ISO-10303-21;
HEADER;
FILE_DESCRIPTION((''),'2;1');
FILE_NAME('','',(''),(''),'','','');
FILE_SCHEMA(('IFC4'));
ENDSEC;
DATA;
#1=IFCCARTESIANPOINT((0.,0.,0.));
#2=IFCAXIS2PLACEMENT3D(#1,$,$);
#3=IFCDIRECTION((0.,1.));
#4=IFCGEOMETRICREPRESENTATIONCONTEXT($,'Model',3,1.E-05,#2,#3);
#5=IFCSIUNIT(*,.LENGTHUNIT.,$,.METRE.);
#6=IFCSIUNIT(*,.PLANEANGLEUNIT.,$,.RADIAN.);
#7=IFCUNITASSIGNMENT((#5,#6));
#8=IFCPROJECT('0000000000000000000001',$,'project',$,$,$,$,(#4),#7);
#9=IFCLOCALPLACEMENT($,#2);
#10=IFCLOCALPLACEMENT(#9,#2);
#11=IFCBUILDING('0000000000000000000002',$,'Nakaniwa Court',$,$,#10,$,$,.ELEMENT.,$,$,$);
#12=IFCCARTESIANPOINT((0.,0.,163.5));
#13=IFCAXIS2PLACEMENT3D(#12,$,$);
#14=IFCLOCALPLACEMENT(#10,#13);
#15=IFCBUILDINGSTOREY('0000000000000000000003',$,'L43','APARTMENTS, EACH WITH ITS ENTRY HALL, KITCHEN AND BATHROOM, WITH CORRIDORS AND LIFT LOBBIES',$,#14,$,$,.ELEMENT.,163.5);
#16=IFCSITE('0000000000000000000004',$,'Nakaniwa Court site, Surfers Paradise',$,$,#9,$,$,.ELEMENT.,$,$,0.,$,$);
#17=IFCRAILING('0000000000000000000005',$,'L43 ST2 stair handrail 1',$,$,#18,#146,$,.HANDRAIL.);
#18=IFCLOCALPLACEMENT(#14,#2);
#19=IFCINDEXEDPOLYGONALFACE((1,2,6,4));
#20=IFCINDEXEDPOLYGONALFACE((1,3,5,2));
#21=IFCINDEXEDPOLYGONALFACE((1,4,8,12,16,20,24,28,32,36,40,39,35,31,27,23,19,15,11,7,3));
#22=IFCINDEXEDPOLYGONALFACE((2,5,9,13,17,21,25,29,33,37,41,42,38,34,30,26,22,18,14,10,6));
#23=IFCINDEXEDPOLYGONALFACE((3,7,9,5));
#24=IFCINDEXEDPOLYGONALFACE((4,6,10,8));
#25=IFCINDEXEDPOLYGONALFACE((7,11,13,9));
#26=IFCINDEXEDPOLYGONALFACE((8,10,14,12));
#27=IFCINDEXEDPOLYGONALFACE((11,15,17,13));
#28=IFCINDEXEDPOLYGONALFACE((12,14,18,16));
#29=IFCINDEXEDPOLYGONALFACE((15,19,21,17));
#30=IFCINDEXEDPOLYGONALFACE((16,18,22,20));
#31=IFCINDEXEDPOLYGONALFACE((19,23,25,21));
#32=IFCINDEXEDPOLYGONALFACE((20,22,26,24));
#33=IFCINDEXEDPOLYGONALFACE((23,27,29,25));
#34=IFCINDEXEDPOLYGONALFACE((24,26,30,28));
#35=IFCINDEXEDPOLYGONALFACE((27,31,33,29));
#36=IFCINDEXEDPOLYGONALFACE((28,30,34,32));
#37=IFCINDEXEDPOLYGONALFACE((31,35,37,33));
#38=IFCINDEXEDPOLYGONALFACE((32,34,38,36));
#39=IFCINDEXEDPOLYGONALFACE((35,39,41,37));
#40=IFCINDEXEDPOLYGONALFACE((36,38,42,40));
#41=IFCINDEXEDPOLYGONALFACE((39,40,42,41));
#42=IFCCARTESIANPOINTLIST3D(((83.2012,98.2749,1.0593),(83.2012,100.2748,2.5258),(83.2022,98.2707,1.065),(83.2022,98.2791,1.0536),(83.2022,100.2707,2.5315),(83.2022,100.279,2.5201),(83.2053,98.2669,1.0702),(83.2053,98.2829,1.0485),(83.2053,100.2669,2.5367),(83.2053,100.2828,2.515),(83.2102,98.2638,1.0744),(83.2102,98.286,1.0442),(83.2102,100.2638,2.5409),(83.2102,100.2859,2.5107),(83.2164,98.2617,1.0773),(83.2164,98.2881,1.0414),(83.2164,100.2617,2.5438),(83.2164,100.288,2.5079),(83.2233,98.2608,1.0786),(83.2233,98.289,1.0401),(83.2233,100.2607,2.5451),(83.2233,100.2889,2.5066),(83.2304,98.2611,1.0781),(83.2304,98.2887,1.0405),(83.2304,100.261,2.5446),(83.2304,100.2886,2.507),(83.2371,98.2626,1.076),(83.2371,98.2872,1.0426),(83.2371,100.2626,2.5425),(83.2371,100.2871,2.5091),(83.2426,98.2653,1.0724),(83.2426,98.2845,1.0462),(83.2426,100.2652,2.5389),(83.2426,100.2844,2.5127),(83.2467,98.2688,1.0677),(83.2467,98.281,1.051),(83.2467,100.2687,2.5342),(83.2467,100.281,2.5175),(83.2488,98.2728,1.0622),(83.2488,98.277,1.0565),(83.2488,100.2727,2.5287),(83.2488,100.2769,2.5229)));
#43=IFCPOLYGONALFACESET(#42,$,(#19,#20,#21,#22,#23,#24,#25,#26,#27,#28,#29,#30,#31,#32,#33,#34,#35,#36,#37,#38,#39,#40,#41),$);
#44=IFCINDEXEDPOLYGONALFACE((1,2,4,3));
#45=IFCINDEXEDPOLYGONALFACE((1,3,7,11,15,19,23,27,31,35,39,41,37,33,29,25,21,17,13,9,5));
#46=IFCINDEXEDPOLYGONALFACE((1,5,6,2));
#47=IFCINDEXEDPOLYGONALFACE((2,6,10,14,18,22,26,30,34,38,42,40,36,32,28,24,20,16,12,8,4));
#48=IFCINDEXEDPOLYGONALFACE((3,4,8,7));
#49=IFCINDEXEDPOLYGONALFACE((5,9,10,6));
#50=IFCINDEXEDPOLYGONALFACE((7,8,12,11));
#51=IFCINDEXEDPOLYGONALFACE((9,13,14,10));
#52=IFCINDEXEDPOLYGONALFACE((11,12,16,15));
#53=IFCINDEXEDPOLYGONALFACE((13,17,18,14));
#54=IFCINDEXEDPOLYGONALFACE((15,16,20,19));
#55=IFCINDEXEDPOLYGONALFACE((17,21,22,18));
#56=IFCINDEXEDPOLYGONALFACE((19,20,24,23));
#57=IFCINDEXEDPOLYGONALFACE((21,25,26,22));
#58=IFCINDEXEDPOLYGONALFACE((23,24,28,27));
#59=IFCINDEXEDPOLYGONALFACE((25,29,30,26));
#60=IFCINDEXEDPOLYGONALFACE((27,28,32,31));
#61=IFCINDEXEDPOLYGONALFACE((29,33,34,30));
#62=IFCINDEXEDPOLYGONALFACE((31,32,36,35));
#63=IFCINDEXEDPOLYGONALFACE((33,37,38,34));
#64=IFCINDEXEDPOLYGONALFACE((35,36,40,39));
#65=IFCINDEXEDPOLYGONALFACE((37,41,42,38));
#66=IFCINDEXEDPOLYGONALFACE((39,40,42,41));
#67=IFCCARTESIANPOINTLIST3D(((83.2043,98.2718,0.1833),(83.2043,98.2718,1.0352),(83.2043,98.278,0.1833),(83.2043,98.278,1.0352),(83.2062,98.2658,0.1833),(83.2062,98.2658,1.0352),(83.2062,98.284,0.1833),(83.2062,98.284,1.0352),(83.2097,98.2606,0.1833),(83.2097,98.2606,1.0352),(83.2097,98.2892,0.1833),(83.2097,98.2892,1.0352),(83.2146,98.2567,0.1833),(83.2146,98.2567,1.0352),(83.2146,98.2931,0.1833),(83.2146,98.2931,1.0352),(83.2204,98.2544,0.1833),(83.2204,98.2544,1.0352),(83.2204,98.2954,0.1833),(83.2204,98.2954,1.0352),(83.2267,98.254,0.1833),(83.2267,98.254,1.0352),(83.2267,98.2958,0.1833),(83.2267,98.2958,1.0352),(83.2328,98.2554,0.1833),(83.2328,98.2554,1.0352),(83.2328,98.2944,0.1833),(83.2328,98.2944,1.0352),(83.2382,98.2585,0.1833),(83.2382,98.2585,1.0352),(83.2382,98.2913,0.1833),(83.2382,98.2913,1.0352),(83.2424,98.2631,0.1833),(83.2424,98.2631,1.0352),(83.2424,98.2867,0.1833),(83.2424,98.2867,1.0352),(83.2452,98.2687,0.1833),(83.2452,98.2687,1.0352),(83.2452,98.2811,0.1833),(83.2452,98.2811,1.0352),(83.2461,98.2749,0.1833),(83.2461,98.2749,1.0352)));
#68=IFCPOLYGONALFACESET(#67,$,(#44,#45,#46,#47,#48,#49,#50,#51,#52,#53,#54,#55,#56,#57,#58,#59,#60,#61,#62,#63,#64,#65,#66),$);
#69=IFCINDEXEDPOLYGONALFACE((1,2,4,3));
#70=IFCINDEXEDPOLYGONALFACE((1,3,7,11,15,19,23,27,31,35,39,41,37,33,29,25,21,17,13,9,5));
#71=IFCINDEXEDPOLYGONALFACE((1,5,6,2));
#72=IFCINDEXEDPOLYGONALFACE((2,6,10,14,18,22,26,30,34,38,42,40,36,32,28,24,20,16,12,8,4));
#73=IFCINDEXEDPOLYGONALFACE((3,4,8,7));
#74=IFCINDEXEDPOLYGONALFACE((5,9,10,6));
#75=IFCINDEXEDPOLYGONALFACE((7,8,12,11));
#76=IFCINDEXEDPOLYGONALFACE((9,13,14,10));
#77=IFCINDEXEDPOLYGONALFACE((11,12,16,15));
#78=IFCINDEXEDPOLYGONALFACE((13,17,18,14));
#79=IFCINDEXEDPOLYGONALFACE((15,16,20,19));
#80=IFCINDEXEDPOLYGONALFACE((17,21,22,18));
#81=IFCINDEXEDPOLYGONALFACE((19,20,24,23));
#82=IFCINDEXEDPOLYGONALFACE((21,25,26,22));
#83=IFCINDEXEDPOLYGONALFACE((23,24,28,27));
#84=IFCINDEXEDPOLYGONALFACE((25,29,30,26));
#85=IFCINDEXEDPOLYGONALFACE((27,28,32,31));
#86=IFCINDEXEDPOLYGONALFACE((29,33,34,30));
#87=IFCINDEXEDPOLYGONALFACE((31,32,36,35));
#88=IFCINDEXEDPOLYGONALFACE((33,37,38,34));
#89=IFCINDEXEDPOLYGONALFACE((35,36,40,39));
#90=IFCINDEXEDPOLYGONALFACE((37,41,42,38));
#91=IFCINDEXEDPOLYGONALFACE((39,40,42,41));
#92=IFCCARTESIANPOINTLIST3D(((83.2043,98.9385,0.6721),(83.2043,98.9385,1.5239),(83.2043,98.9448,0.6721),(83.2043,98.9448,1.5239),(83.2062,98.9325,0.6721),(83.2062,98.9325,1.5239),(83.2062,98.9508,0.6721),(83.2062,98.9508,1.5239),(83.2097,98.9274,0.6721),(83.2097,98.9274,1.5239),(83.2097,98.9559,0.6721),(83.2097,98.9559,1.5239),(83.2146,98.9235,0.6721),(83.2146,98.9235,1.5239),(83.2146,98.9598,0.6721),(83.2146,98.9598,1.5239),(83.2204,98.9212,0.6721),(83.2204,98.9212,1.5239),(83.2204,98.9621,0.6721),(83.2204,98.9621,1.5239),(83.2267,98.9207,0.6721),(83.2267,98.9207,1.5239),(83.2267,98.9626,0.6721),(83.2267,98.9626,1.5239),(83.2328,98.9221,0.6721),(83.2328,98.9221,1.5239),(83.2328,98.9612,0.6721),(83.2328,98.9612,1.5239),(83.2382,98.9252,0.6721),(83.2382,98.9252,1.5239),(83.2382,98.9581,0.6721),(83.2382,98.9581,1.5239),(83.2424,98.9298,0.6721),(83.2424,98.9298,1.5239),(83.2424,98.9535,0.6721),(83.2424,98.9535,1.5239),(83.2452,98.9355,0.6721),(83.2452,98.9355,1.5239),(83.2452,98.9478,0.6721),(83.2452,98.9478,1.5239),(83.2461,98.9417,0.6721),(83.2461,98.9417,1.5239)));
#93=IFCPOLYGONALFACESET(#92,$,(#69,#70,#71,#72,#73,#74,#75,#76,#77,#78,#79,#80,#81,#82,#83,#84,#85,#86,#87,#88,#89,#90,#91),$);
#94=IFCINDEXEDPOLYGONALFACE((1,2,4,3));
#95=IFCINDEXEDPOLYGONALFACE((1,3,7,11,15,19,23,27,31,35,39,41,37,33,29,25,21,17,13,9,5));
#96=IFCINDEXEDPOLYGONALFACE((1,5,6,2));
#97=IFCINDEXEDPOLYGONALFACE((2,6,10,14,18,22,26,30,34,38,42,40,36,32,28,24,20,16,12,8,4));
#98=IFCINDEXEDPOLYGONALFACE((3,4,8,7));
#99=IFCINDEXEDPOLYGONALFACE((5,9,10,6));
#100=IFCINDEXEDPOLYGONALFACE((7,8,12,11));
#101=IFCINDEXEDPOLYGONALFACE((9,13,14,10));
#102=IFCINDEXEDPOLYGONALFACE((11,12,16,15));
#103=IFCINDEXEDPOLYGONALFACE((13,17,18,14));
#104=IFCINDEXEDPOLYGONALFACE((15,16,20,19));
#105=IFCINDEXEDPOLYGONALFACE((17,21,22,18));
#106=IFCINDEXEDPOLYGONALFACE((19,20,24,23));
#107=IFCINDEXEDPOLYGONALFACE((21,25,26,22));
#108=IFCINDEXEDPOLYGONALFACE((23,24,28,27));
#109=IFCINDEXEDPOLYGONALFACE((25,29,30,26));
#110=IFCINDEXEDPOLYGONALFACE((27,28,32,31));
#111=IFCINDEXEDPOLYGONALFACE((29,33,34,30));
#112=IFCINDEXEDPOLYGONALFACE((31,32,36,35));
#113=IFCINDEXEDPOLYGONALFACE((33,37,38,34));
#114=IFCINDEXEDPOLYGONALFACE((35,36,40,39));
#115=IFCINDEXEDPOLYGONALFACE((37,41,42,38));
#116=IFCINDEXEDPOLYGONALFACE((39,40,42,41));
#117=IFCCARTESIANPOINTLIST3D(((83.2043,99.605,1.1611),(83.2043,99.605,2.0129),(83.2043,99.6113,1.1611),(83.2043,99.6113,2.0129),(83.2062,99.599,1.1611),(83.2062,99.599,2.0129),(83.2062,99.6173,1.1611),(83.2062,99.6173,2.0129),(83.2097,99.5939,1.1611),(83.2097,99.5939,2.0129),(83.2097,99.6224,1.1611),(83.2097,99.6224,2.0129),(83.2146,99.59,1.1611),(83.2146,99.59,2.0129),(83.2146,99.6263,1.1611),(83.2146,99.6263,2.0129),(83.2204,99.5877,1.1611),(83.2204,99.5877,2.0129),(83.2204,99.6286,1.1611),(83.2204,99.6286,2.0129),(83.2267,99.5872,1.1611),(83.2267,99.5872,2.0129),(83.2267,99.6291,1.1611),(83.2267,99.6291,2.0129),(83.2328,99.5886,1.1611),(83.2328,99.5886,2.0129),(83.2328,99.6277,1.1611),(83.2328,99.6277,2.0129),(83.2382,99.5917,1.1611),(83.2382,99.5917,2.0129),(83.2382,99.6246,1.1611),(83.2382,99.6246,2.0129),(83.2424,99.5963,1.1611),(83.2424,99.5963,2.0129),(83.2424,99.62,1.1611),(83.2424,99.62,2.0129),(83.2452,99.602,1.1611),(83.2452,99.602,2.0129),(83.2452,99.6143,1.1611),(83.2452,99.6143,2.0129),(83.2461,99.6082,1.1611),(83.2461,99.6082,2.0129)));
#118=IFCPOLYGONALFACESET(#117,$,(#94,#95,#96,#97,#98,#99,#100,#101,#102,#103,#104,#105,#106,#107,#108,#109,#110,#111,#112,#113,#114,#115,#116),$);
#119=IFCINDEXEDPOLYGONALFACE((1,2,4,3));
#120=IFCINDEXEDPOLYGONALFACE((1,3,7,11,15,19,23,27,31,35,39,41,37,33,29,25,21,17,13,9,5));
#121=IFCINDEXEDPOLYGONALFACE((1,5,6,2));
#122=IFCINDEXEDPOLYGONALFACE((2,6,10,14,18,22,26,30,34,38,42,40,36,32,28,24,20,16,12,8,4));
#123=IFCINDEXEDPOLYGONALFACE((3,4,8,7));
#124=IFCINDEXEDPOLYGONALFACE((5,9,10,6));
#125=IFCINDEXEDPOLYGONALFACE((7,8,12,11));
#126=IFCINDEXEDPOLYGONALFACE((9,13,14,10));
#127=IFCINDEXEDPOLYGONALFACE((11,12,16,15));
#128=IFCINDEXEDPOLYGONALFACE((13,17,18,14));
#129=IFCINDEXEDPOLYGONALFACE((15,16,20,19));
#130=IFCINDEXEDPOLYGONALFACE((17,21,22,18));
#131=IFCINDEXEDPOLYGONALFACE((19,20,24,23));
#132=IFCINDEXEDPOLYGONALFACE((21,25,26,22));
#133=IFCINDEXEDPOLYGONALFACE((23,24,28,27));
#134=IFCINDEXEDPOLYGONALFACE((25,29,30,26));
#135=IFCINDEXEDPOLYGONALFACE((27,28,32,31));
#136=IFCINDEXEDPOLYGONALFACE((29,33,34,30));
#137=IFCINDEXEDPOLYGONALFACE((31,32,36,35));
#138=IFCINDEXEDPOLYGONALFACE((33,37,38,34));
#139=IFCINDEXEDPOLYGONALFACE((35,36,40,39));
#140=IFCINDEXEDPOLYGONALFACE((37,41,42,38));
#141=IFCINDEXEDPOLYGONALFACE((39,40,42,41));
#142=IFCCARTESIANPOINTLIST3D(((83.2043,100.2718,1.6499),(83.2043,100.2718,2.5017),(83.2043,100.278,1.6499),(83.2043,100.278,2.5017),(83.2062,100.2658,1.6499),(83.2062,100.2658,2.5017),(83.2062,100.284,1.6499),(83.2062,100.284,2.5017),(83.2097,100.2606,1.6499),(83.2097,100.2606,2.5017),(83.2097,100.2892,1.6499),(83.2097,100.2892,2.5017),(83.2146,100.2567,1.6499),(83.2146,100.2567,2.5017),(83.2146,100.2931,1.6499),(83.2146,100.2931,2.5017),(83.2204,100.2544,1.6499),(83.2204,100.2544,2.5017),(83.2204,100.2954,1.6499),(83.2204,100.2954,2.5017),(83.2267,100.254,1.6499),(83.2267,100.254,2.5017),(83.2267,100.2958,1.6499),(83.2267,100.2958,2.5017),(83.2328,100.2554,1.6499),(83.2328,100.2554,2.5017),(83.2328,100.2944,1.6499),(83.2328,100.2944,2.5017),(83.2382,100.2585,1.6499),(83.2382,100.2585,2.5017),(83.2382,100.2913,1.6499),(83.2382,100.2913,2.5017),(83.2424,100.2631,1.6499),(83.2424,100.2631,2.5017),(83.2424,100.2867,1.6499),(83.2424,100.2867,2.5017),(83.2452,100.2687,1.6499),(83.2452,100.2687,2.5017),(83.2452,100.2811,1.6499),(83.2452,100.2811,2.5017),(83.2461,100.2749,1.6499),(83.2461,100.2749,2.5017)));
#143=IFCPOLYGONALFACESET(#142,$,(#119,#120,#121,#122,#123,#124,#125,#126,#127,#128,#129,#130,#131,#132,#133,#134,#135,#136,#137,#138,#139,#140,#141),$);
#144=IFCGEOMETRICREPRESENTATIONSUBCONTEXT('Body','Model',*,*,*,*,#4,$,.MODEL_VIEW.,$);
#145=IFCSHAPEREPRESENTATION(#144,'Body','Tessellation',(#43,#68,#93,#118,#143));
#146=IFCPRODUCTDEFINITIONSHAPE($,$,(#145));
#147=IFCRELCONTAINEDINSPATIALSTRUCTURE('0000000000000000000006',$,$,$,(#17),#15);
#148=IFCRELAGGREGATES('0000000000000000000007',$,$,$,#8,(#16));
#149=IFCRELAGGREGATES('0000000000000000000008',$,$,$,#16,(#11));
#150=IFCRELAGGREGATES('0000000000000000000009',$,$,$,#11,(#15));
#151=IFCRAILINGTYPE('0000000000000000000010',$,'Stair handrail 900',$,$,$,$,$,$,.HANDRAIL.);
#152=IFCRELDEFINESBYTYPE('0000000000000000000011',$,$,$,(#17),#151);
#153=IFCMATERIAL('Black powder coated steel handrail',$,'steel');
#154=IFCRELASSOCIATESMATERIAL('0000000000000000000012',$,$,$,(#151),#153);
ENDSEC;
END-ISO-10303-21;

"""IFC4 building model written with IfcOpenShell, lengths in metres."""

from ifc_helpers import new_model, si_unit, direction, frame, origin, origin_2d, place, context, subcontext, project, spatial, circle, extrude, material, type_object, element, save


model = new_model("IFC4")

# Units and contexts
model_context = context("Model", 3, precision=1e-05, world=origin(), true_north=direction((0.0, 1.0)))
body_context = subcontext(model_context, "Body", "Model", "MODEL_VIEW")
ifc_project = project(units=[si_unit("LENGTHUNIT", "METRE"), si_unit("PLANEANGLEUNIT", "RADIAN")], contexts=[model_context])

# Site, building, storey
site_placement = place(None, origin())
site = spatial("IfcSite", under=ifc_project, at=site_placement, Name="Nakaniwa Court site, Surfers Paradise", CompositionType="ELEMENT", RefElevation=0.0)
building_placement = place(site_placement, origin())
building = spatial("IfcBuilding", under=site, at=building_placement, Name="Nakaniwa Court", CompositionType="ELEMENT")
storey_placement = place(building_placement, frame((0.0, 0.0, 163.5)))
storey = spatial("IfcBuildingStorey", under=building, at=storey_placement, Name="L43", Description="APARTMENTS, EACH WITH ITS ENTRY HALL, KITCHEN AND BATHROOM, WITH CORRIDORS AND LIFT LOBBIES", CompositionType="ELEMENT", Elevation=163.5)

# Railing
ifc_material_1 = material(Name="Black powder coated steel handrail", Category="steel")
railing_type_1 = type_object("IfcRailingType", Name="Stair handrail 900", PredefinedType="HANDRAIL", material=ifc_material_1)
railing_1_placement = place(storey_placement, frame((83.2251, 98.2749, 0.1833)))
element("IfcRailing", 1, at=railing_1_placement, inside=storey, type_object=railing_type_1, Name="L43 ST2 stair handrail 1", PredefinedType="HANDRAIL", context=body_context, shape_type="SweptSolid", body=[
    extrude(circle(Radius=0.0239, at=origin_2d()), frame((0.0, 0.0, 0.876), z_axis=(0.0, 0.806427, 0.591334), x_axis=(-1.0, 0.0, 0.0)), (0.0, 0.0, 1.0), 2.48),
    extrude(circle(Radius=0.021, at=origin_2d()), origin(), (0.0, 0.0, 1.0), 0.8518),
    extrude(circle(Radius=0.021, at=origin_2d()), frame((0.0, 0.6667, 0.4888)), (0.0, 0.0, 1.0), 0.8518),
    extrude(circle(Radius=0.021, at=origin_2d()), frame((0.0, 1.3333, 0.9778)), (0.0, 0.0, 1.0), 0.8518),
    extrude(circle(Radius=0.021, at=origin_2d()), frame((0.0, 2.0, 1.4666)), (0.0, 0.0, 1.0), 0.8518),
])

save(model, "model.ifc")
